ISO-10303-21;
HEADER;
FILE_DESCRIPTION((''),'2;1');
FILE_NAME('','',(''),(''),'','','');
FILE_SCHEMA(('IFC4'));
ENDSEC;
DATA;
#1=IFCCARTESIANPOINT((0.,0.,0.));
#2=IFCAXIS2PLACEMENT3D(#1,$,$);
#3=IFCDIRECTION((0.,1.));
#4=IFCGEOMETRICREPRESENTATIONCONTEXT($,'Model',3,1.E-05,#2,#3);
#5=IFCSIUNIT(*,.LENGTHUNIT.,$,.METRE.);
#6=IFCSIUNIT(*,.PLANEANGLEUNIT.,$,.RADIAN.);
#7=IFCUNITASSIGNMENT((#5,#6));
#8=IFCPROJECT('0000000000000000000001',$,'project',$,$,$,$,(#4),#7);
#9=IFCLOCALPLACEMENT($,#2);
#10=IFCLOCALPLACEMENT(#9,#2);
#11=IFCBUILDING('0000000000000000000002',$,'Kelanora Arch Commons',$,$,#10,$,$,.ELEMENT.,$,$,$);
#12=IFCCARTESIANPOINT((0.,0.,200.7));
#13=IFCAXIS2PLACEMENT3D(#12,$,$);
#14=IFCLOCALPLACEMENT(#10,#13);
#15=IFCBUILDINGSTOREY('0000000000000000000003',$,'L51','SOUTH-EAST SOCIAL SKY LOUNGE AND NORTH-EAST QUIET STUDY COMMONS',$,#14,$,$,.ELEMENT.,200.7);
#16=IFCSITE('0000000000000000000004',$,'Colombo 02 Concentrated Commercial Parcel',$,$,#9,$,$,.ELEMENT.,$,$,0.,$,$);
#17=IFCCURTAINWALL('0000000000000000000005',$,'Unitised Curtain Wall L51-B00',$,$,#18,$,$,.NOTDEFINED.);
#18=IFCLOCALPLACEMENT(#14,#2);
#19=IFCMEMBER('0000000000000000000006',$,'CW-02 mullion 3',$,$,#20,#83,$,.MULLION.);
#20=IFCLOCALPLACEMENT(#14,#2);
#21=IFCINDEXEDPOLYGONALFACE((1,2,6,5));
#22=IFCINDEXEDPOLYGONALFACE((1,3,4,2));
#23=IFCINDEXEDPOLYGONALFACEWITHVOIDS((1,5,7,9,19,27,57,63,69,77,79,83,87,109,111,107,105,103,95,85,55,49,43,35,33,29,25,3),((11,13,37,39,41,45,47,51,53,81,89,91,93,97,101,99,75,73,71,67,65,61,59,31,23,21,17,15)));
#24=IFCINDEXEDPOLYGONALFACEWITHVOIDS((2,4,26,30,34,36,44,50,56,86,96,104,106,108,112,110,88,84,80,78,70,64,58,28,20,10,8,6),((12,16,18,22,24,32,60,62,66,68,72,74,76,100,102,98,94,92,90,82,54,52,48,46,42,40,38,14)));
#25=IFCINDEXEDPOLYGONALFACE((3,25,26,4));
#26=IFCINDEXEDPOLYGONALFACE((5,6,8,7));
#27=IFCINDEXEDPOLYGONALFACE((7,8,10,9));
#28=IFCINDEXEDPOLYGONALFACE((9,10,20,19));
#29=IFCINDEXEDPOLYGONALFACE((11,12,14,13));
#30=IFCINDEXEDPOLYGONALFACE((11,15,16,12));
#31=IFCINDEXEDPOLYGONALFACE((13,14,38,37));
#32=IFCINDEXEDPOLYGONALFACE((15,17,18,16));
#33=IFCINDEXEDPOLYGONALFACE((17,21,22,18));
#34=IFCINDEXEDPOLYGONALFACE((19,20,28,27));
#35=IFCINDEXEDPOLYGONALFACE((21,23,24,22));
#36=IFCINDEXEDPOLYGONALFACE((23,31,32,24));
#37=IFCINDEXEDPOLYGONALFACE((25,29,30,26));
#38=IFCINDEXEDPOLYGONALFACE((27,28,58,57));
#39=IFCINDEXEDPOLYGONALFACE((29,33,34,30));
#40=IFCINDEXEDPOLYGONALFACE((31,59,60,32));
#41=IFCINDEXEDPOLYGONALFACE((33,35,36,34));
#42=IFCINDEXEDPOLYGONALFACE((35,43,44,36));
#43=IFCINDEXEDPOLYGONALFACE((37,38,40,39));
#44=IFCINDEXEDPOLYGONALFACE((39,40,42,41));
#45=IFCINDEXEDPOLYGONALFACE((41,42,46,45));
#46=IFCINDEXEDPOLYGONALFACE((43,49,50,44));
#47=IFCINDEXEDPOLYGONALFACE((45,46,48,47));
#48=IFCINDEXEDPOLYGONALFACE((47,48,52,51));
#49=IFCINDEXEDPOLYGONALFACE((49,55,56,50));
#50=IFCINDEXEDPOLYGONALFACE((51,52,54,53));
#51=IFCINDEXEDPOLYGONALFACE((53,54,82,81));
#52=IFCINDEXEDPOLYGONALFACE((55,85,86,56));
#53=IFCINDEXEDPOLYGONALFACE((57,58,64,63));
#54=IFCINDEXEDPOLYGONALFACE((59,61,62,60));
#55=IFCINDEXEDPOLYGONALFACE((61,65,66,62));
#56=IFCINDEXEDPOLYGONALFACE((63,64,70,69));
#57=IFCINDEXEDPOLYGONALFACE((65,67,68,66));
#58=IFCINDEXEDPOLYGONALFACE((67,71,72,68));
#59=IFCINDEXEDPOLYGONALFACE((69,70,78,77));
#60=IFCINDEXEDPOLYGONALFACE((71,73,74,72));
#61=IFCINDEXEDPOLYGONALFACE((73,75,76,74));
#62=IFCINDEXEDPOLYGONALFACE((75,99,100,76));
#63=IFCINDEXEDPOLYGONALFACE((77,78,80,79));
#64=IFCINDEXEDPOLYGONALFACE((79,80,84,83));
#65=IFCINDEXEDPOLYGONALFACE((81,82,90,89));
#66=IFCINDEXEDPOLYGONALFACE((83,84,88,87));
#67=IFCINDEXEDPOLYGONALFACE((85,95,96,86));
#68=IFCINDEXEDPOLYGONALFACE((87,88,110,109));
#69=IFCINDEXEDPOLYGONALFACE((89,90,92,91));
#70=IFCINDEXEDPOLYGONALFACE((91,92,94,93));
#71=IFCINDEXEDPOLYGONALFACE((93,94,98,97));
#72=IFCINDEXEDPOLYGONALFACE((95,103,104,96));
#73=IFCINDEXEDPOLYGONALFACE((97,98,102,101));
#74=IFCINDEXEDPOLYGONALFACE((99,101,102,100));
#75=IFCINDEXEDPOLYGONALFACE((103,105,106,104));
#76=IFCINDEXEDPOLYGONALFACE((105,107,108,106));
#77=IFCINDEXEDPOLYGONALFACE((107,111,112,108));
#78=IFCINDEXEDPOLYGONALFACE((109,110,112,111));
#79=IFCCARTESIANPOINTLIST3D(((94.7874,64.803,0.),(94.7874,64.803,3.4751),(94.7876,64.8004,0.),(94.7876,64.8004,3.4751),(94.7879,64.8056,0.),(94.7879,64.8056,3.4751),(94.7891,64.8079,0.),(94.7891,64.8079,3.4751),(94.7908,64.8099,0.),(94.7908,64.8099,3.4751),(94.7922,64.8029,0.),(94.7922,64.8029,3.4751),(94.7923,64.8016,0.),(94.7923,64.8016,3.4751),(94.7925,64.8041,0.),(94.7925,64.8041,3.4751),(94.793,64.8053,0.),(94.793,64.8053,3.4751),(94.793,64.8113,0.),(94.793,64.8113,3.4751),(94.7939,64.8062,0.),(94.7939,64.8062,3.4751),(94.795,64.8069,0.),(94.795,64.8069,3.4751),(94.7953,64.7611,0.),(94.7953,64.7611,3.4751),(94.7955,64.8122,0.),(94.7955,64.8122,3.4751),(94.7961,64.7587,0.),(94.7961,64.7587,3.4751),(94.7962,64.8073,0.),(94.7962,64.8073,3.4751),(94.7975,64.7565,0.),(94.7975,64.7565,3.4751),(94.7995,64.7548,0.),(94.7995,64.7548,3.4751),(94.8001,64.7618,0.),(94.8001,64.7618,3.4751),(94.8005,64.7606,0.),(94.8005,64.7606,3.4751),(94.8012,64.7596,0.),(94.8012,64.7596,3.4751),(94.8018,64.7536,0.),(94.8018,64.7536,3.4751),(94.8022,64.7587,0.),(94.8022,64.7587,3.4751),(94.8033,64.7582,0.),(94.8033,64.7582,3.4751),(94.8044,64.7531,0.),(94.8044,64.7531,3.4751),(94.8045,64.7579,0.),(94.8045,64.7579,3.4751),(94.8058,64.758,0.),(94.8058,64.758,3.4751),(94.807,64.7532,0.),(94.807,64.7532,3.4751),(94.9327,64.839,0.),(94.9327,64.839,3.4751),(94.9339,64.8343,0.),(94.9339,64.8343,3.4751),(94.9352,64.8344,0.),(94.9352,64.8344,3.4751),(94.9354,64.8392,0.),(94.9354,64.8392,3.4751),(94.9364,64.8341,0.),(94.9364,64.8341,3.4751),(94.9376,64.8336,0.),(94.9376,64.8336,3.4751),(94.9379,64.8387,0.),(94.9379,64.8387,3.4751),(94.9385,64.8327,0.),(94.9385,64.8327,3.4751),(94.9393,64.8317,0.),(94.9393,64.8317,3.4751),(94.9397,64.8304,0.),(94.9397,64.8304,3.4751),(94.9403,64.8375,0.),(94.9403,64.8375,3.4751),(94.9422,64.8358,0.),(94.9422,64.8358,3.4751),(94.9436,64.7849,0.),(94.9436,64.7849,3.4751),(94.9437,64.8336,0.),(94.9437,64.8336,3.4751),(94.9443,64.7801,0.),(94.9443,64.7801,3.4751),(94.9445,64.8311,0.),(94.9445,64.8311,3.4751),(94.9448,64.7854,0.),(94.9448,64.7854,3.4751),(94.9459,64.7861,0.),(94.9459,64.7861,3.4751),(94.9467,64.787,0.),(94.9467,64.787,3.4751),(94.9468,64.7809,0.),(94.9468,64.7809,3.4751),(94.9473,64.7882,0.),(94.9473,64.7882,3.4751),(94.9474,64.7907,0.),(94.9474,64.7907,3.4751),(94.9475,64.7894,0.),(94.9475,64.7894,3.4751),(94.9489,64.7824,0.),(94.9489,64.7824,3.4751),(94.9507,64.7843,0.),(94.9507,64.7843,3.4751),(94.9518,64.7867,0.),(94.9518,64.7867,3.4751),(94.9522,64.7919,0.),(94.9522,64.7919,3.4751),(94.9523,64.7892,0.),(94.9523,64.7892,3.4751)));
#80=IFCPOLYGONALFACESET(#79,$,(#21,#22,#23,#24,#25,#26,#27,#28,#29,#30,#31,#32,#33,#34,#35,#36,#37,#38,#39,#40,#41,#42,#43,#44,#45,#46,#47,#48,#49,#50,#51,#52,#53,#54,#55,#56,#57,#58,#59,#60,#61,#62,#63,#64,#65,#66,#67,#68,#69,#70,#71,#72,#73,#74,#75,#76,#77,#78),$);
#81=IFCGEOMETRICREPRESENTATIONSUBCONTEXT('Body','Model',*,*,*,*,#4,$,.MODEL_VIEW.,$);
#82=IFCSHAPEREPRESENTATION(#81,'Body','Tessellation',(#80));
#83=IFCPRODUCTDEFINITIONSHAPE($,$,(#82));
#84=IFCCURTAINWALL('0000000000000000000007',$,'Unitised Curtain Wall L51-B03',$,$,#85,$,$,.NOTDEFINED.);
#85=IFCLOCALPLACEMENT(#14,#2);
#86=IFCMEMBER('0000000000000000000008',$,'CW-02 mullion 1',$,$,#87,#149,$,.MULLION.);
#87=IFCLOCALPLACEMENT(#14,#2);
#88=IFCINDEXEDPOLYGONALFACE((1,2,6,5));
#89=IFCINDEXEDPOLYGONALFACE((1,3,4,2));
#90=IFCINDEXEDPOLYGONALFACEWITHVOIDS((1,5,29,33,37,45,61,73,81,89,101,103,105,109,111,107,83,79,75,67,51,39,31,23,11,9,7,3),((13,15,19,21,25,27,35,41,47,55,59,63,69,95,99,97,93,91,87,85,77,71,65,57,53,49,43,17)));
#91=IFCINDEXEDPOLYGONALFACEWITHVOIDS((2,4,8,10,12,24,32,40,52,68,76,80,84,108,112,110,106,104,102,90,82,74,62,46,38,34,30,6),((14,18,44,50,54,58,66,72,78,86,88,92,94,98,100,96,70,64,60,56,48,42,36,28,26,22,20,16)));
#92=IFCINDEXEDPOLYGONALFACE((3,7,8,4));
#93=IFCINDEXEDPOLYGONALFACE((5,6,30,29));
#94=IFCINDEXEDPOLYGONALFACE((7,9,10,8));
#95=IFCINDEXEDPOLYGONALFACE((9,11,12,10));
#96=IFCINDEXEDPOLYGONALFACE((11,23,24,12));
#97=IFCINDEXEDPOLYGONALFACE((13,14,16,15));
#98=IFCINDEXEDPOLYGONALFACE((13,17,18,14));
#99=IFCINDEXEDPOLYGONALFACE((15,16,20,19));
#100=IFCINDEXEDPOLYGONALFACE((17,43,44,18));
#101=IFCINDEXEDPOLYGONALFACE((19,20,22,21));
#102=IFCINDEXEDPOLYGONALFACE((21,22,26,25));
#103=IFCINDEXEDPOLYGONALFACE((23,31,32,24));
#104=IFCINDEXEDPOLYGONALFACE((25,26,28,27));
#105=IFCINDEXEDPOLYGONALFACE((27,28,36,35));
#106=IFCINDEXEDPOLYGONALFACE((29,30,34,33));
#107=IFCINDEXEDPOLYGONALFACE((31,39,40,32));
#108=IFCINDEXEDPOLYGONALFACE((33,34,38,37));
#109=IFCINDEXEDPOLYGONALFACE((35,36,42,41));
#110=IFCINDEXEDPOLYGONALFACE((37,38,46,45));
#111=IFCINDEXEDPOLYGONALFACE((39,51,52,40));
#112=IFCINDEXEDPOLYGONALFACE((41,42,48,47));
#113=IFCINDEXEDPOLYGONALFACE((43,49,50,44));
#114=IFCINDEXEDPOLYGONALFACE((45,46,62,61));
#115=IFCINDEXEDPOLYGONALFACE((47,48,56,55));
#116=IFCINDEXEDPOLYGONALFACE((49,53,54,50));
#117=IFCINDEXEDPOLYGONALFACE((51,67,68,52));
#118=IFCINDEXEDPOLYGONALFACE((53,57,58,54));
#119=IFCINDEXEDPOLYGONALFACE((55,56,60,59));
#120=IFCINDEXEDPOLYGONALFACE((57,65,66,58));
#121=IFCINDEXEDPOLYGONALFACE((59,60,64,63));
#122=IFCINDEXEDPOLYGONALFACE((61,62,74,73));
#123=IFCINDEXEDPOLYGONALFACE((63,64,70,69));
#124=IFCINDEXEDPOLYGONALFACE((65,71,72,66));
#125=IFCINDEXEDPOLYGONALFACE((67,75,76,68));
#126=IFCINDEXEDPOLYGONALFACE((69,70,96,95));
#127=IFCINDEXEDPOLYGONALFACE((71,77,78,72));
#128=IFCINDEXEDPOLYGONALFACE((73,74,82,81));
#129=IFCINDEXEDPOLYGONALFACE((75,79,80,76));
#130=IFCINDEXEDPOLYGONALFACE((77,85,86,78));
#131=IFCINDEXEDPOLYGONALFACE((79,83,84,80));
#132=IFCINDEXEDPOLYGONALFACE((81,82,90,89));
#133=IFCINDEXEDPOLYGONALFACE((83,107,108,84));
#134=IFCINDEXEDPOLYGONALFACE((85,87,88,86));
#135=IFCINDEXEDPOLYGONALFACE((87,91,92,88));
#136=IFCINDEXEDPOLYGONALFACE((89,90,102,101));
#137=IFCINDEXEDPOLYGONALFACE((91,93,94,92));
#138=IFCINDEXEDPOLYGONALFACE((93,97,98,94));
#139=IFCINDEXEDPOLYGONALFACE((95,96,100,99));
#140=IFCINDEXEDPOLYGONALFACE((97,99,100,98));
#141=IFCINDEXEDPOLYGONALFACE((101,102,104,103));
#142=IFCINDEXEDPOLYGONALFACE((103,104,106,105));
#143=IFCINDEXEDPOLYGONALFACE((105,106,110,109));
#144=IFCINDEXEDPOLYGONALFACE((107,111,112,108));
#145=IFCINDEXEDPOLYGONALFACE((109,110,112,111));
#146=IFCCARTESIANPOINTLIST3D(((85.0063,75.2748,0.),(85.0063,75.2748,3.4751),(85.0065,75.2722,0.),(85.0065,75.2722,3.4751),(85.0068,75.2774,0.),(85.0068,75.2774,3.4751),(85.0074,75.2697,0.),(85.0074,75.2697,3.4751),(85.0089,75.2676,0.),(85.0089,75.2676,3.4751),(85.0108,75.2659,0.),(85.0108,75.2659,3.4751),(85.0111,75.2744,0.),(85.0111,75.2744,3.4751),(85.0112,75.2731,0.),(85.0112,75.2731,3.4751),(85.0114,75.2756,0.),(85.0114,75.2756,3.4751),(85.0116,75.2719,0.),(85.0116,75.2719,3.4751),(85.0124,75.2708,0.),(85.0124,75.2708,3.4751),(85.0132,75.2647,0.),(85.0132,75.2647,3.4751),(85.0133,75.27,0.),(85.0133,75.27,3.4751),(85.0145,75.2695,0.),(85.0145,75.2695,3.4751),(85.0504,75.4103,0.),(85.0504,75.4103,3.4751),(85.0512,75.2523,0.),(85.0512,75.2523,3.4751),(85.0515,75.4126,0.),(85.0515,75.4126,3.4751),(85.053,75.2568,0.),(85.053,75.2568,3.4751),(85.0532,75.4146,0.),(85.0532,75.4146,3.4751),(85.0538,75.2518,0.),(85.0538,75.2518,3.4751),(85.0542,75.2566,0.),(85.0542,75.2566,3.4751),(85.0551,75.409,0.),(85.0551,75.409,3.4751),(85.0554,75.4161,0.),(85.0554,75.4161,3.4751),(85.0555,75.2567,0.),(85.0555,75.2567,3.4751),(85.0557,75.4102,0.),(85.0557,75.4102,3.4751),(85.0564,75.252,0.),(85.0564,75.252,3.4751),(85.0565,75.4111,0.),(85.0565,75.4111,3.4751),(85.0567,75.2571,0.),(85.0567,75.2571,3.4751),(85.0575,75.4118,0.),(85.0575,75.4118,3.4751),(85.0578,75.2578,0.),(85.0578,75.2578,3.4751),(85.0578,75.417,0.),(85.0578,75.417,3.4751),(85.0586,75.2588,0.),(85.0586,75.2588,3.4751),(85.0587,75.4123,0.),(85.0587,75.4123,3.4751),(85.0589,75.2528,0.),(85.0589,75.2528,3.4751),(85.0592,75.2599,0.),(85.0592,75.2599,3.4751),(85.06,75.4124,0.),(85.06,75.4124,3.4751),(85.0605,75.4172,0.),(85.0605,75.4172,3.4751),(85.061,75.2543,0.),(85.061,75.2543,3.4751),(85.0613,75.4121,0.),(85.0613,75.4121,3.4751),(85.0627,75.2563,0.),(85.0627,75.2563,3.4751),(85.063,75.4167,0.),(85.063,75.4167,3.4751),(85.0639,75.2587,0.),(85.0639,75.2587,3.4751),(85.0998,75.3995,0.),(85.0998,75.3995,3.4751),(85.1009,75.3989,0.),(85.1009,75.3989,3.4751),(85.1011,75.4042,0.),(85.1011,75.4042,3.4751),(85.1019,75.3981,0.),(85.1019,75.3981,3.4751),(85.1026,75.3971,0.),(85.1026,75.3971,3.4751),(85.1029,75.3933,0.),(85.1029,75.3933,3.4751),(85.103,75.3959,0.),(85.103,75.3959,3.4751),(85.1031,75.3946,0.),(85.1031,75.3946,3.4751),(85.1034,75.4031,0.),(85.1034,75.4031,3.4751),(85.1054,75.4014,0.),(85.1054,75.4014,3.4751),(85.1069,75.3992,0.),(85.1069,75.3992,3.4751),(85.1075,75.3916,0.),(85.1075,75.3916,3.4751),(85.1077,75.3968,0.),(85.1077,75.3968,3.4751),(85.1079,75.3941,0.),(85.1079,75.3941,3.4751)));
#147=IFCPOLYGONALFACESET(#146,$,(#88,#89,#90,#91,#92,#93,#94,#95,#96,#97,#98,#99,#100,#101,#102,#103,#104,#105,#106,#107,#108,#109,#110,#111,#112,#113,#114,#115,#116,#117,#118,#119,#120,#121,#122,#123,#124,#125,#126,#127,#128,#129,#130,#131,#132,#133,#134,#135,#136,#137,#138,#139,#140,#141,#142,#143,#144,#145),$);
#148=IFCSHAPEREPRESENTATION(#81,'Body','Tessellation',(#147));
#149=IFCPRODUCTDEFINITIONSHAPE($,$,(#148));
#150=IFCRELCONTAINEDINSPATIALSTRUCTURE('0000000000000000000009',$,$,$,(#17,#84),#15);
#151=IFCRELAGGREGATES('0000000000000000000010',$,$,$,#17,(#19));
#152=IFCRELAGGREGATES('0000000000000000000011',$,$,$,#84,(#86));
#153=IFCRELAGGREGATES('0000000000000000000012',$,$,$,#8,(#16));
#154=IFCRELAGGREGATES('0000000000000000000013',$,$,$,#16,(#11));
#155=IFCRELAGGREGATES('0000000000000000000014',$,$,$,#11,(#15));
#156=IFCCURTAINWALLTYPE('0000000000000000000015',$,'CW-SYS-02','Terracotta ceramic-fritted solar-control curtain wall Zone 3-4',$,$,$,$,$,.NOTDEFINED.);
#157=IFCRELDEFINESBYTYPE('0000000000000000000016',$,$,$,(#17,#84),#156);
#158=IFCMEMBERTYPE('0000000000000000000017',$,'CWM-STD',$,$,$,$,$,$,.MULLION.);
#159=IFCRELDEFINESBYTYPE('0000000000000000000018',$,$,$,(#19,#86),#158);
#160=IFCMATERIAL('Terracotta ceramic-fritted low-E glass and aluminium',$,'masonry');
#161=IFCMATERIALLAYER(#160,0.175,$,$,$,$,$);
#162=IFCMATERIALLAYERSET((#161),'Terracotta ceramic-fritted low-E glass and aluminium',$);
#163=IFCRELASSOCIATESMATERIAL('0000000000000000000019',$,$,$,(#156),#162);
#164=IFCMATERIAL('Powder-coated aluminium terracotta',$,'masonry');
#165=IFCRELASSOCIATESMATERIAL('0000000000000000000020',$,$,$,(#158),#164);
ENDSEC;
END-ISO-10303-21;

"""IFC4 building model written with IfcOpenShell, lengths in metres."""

from ifc_helpers import new_model, si_unit, direction, frame, origin, origin_2d, place, context, subcontext, project, spatial, hollow_rectangle, extrude, material, layer, layer_set, material_profile, profile_set, type_object, element, aggregate, save


model = new_model("IFC4")

# Units and contexts
model_context = context("Model", 3, precision=1e-05, world=origin(), true_north=direction((0.0, 1.0)))
body_context = subcontext(model_context, "Body", "Model", "MODEL_VIEW")
ifc_project = project(units=[si_unit("LENGTHUNIT", "METRE"), si_unit("PLANEANGLEUNIT", "RADIAN")], contexts=[model_context])

# Site, building, storey
site_placement = place(None, origin())
site = spatial("IfcSite", under=ifc_project, at=site_placement, Name="Colombo 02 Concentrated Commercial Parcel", CompositionType="ELEMENT", RefElevation=0.0)
building_placement = place(site_placement, origin())
building = spatial("IfcBuilding", under=site, at=building_placement, Name="Kelanora Arch Commons", CompositionType="ELEMENT")
storey_placement = place(building_placement, frame((0.0, 0.0, 200.7)))
storey = spatial("IfcBuildingStorey", under=building, at=storey_placement, Name="L51", Description="SOUTH-EAST SOCIAL SKY LOUNGE AND NORTH-EAST QUIET STUDY COMMONS", CompositionType="ELEMENT", Elevation=200.7)

# Curtain wall, member
ifc_material_1 = material(Name="Terracotta ceramic-fritted low-E glass and aluminium", Category="masonry")
ifc_layer_1 = layer(ifc_material_1, 0.175)
ifc_layer_set_1 = layer_set([ifc_layer_1], Name="Terracotta ceramic-fritted low-E glass and aluminium")
curtain_wall_type = type_object("IfcCurtainWallType", Name="CW-SYS-02", Description="Terracotta ceramic-fritted solar-control curtain wall Zone 3-4", PredefinedType="NOTDEFINED", material=ifc_layer_set_1)
curtain_wall_1_placement = place(storey_placement, origin())
curtain_wall_1 = element("IfcCurtainWall", 1, at=curtain_wall_1_placement, inside=storey, type_object=curtain_wall_type, Name="Unitised Curtain Wall L51-B00", PredefinedType="NOTDEFINED")
ifc_material_2 = material(Name="Powder-coated aluminium terracotta", Category="masonry")
ifc_material_profile_1 = material_profile(ifc_material_2, hollow_rectangle(XDim=0.1599, YDim=0.0601, WallThickness=0.0049, InnerFilletRadius=0.0049, OuterFilletRadius=0.01, at=origin_2d()), Name="CWM160x60")
ifc_profile_set_1 = profile_set([ifc_material_profile_1], Name="Powder-coated aluminium terracotta")
member_type_1 = type_object("IfcMemberType", Name="CWM-STD", PredefinedType="MULLION", material=ifc_profile_set_1)
member_1_placement = place(storey_placement, frame((94.8699, 64.7961, 0.0), z_axis=(0.0, 0.0, 1.0), x_axis=(-0.981381, -0.192069, 0.0)))
member_1 = element("IfcMember", 2, at=member_1_placement, type_object=member_type_1, Name="CW-02 mullion 3", PredefinedType="MULLION", context=body_context, shape_type="SweptSolid", body=[
    extrude(hollow_rectangle(XDim=0.1599, YDim=0.0601, WallThickness=0.0049, InnerFilletRadius=0.0049, OuterFilletRadius=0.01, at=origin_2d()), origin(), (0.0, 0.0, 1.0), 3.4751),
])
aggregate(curtain_wall_1, [member_1])

# Curtain wall, member
curtain_wall_2_placement = place(storey_placement, origin())
curtain_wall_2 = element("IfcCurtainWall", 3, at=curtain_wall_2_placement, inside=storey, type_object=curtain_wall_type, Name="Unitised Curtain Wall L51-B03", PredefinedType="NOTDEFINED")
member_2_placement = place(storey_placement, frame((85.0571, 75.3345, 0.0), z_axis=(0.0, 0.0, 1.0), x_axis=(-0.311582, -0.950219, 0.0)))
member_2 = element("IfcMember", 4, at=member_2_placement, type_object=member_type_1, Name="CW-02 mullion 1", PredefinedType="MULLION", context=body_context, shape_type="SweptSolid", body=[
    extrude(hollow_rectangle(XDim=0.1599, YDim=0.0601, WallThickness=0.0049, InnerFilletRadius=0.0049, OuterFilletRadius=0.01, at=origin_2d()), origin(), (0.0, 0.0, 1.0), 3.4751),
])
aggregate(curtain_wall_2, [member_2])

save(model, "model.ifc")
